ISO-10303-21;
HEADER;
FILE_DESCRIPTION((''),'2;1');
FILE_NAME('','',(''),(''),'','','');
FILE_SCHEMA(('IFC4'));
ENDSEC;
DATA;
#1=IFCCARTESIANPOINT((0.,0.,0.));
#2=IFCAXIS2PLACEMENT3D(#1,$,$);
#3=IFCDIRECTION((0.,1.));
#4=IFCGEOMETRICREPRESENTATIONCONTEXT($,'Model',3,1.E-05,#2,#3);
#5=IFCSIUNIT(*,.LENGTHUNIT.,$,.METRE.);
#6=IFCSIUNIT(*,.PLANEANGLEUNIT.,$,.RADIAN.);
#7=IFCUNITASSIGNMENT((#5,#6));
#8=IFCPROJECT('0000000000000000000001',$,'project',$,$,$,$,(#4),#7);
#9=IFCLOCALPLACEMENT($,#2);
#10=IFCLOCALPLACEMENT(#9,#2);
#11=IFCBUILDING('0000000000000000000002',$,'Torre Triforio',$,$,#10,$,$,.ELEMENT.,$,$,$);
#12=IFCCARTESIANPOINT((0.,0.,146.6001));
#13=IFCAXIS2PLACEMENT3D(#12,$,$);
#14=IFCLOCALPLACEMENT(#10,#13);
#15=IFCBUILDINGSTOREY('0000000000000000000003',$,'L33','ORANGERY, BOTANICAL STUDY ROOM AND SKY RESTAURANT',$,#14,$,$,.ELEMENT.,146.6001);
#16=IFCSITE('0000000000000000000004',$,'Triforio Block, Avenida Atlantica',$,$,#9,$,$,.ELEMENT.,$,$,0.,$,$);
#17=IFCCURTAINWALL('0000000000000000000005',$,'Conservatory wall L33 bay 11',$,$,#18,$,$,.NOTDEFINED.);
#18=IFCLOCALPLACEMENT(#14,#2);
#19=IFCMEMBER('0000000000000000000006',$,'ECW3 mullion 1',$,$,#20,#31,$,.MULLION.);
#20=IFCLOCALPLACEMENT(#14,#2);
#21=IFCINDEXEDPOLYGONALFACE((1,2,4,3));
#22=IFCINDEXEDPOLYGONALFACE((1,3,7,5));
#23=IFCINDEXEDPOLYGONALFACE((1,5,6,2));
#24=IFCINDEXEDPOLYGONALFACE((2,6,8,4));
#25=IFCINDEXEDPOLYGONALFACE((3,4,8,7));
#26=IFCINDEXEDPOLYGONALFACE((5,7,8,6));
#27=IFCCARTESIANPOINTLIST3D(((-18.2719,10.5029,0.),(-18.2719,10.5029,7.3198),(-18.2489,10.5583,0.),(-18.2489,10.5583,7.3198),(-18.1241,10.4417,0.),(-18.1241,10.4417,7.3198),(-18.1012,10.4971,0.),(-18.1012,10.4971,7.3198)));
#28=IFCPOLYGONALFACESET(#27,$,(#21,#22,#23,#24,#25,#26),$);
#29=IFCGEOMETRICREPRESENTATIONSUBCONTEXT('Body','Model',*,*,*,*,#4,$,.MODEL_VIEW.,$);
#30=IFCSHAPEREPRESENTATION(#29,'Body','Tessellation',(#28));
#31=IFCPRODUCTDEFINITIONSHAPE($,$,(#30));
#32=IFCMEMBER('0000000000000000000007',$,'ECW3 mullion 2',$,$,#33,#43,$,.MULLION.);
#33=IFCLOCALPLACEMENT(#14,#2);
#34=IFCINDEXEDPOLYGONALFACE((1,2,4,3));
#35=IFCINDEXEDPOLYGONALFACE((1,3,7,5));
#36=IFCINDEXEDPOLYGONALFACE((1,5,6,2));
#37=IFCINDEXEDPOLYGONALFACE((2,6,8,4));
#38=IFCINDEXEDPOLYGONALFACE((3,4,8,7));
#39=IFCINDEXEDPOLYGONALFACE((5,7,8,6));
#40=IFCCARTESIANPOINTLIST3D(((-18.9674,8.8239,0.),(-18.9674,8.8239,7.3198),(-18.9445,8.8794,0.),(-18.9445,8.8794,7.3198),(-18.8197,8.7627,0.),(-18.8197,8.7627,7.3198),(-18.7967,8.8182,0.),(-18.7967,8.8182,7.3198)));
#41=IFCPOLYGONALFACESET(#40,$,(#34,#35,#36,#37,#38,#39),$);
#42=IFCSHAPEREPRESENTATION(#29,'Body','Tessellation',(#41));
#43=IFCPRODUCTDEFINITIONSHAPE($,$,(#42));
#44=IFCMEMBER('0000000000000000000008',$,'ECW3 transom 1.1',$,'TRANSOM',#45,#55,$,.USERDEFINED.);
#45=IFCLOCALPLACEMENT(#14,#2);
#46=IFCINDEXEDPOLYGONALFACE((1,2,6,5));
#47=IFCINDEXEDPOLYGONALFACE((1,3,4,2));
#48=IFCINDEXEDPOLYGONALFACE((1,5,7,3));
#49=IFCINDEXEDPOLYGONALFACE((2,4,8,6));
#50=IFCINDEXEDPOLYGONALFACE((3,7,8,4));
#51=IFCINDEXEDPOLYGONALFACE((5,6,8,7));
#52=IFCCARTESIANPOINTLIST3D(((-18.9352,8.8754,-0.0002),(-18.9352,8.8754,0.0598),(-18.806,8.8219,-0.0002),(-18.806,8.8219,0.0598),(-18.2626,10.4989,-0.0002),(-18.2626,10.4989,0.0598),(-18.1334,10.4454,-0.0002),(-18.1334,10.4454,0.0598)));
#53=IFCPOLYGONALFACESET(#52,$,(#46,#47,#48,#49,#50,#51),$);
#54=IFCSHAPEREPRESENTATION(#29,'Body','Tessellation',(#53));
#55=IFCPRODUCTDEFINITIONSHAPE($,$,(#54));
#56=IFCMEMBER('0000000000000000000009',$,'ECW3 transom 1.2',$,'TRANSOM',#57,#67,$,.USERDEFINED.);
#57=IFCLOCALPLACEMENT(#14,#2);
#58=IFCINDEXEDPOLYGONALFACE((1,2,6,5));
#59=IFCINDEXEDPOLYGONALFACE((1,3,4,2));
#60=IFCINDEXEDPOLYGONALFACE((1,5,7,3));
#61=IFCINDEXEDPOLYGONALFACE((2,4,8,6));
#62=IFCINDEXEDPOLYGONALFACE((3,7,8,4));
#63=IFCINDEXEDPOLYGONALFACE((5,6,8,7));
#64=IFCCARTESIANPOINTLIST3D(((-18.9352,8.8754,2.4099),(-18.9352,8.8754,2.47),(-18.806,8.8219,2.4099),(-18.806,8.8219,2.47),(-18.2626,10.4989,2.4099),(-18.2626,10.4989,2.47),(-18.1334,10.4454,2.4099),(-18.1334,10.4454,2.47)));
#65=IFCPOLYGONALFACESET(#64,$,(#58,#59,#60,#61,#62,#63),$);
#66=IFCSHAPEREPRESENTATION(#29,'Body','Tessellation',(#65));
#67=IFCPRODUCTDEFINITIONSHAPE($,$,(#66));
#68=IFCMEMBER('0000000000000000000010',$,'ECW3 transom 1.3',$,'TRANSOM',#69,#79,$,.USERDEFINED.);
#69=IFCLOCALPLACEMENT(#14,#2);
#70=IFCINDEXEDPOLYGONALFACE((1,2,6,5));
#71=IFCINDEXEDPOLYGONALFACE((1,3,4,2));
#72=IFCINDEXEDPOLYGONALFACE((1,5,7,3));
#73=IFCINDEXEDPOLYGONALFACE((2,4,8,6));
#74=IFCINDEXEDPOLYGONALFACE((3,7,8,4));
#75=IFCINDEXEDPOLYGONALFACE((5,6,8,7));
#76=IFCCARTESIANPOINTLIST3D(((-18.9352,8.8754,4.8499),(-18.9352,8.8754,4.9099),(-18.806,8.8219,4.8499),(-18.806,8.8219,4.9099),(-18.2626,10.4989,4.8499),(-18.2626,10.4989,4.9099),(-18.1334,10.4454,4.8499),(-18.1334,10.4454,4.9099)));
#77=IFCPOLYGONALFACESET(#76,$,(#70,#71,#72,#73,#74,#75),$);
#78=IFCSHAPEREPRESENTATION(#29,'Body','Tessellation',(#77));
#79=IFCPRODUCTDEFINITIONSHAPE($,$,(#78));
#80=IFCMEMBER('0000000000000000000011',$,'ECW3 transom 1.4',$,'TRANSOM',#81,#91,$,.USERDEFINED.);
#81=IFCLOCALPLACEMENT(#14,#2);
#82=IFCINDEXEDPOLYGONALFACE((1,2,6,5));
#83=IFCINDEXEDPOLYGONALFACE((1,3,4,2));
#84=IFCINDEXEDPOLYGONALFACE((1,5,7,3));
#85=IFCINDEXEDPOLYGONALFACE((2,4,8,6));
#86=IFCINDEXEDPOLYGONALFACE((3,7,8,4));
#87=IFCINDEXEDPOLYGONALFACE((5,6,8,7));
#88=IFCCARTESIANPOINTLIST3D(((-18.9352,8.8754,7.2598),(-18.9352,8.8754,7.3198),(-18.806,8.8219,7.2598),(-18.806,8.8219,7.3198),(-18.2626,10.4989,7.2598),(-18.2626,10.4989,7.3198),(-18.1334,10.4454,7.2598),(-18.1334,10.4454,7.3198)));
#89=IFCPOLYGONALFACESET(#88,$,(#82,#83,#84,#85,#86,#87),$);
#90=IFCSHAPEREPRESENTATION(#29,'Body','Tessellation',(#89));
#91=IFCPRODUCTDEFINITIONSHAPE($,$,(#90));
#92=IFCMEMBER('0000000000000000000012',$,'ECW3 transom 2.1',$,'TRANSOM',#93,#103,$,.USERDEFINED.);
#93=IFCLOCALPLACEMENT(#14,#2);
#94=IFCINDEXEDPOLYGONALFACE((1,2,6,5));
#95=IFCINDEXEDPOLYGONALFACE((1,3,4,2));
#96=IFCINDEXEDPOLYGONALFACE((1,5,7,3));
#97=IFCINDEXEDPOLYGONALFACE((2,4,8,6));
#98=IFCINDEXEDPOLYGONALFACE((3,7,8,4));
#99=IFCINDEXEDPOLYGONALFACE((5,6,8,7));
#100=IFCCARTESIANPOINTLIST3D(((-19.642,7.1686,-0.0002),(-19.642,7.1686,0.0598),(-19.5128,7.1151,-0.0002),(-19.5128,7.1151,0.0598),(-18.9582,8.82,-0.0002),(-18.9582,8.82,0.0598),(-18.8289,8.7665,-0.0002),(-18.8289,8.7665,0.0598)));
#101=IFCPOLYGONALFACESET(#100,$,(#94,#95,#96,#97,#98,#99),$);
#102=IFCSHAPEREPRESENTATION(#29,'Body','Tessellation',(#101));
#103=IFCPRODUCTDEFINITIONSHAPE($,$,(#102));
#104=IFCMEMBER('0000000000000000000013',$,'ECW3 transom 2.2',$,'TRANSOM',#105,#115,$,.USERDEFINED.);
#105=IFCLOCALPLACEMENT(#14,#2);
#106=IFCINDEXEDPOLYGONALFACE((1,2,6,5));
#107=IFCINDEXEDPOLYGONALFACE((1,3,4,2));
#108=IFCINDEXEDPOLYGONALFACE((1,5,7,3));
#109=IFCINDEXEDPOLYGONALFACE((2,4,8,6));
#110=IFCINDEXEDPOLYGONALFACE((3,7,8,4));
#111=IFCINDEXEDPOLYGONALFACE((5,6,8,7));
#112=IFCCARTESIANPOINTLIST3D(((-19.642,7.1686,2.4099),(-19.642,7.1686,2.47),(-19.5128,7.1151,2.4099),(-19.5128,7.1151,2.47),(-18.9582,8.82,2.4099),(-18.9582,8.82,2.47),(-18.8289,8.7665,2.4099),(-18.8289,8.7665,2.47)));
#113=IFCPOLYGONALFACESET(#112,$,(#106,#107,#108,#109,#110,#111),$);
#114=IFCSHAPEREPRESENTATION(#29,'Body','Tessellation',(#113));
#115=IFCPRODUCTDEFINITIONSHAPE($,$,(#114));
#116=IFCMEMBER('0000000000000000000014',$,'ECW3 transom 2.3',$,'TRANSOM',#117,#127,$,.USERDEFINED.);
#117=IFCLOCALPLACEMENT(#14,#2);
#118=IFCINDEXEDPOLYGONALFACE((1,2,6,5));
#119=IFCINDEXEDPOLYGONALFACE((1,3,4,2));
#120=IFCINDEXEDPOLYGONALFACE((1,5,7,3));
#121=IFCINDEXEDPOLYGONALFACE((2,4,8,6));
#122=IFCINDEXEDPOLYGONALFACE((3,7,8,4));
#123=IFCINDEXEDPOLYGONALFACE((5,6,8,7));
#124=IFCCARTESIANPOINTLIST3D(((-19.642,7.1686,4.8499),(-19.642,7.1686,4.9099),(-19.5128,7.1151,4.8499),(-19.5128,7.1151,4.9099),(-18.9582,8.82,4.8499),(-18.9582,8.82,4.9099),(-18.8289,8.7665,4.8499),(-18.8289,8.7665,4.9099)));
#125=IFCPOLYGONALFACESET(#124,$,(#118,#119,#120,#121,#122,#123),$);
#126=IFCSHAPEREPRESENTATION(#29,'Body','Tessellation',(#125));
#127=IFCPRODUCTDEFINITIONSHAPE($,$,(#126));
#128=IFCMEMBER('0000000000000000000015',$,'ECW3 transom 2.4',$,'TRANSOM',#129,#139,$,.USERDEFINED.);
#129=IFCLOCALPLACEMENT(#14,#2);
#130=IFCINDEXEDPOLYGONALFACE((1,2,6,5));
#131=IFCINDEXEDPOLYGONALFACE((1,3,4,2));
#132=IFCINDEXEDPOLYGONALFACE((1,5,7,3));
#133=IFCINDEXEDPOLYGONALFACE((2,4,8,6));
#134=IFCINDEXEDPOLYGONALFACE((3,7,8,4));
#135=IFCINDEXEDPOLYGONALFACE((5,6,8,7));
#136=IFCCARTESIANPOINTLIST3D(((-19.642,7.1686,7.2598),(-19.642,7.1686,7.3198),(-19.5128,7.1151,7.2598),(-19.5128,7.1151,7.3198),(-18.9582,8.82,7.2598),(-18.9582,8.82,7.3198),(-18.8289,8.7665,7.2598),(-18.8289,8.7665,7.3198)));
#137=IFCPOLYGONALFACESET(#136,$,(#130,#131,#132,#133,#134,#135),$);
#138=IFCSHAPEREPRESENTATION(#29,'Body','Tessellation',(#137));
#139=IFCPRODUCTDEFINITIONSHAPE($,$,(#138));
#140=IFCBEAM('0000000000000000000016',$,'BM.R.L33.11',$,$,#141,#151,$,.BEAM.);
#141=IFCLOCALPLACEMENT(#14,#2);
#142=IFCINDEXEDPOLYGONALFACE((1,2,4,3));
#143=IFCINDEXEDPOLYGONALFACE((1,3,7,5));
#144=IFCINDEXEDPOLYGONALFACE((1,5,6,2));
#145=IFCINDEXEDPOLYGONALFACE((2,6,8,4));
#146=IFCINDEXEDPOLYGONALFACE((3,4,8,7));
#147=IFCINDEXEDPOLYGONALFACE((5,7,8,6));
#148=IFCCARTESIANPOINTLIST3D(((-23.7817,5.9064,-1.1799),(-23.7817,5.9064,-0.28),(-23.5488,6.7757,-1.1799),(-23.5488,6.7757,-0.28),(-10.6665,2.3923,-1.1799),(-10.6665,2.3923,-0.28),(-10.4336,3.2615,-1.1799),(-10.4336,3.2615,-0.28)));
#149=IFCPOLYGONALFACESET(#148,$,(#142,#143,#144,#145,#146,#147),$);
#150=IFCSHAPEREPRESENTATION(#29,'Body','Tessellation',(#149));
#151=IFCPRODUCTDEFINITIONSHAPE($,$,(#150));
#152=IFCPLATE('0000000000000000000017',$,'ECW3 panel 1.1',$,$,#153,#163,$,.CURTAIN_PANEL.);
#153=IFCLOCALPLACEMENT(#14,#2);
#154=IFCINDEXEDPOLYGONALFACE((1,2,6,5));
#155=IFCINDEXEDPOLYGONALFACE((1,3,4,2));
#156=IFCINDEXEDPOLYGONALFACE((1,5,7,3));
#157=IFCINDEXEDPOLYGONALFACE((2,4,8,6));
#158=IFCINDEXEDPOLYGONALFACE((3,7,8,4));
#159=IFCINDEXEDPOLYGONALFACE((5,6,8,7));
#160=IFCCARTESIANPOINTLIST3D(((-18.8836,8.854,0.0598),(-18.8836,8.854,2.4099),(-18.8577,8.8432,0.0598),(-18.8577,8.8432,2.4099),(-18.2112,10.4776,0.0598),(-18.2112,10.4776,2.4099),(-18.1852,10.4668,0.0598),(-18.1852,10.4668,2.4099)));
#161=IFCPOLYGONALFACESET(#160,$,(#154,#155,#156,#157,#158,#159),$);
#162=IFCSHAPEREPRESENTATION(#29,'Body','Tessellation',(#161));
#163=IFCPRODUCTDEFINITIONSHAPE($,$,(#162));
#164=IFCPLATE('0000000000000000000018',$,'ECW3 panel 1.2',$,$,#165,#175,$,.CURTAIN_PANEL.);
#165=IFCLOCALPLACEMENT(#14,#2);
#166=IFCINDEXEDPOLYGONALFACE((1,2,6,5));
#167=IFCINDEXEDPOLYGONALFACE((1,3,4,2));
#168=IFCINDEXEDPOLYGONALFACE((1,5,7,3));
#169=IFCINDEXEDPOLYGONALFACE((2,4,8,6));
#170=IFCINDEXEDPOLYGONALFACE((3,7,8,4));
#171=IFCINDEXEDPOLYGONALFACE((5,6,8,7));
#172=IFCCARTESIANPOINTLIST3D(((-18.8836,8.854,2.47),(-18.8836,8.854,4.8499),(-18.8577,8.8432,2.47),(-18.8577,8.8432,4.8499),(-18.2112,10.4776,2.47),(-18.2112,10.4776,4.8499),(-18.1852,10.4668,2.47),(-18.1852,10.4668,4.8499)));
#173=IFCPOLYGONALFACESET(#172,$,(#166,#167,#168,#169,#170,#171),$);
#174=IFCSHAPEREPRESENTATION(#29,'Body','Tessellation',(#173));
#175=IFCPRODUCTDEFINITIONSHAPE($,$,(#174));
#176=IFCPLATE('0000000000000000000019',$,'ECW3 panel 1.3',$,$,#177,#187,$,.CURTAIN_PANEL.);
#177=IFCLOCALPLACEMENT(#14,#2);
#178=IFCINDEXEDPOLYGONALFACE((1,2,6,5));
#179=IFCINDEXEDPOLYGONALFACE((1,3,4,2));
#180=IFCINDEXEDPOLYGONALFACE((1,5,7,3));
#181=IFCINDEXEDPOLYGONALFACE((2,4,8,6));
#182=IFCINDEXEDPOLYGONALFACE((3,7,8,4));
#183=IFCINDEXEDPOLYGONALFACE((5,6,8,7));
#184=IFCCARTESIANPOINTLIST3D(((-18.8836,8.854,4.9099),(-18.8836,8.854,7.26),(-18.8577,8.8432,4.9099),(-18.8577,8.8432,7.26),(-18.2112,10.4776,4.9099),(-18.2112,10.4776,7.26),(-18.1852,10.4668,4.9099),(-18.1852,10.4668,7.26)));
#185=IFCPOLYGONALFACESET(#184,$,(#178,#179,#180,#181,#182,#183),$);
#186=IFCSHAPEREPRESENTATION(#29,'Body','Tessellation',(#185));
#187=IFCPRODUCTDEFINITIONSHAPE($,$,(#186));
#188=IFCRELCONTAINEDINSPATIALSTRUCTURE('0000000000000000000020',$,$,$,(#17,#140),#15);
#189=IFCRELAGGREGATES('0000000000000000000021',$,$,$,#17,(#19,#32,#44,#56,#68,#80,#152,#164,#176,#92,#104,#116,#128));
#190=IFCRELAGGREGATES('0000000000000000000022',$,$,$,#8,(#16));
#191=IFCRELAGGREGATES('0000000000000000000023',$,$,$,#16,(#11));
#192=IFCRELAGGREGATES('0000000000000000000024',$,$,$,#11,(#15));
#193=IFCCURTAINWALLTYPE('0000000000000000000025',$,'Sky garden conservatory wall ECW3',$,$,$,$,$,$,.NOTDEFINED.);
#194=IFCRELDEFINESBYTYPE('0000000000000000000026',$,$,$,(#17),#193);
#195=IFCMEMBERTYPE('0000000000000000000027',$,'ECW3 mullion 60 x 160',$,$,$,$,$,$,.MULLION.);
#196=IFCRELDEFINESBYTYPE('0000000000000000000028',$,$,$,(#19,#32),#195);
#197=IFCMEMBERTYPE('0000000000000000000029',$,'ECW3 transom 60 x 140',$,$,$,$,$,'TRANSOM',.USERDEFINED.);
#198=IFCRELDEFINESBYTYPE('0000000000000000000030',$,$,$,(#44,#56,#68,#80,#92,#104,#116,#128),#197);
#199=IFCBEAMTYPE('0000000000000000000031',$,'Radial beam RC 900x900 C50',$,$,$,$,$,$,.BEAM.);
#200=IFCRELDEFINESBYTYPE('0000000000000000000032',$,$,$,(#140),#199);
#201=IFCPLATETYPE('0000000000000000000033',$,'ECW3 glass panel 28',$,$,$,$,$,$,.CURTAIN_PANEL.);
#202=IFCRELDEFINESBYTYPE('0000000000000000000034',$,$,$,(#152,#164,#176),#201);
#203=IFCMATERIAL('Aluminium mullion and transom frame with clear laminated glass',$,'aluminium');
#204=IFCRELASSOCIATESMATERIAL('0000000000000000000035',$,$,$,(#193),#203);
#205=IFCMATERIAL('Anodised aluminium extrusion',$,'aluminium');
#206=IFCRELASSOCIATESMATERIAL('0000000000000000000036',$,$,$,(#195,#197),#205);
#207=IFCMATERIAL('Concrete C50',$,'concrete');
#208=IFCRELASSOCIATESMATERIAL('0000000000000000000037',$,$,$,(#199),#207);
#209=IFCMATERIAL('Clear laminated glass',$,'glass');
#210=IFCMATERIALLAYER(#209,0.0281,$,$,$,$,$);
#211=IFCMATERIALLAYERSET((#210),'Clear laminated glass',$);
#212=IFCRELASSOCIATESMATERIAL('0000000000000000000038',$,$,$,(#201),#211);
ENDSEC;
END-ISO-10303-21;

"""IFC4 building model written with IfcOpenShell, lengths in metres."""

from ifc_helpers import new_model, si_unit, direction, frame, origin, origin_2d, place, context, subcontext, project, spatial, rectangle, extrude, material, layer, layer_set, material_profile, profile_set, type_object, element, aggregate, save


model = new_model("IFC4")

# Units and contexts
model_context = context("Model", 3, precision=1e-05, world=origin(), true_north=direction((0.0, 1.0)))
body_context = subcontext(model_context, "Body", "Model", "MODEL_VIEW")
ifc_project = project(units=[si_unit("LENGTHUNIT", "METRE"), si_unit("PLANEANGLEUNIT", "RADIAN")], contexts=[model_context])

# Site, building, storey
site_placement = place(None, origin())
site = spatial("IfcSite", under=ifc_project, at=site_placement, Name="Triforio Block, Avenida Atlantica", CompositionType="ELEMENT", RefElevation=0.0)
building_placement = place(site_placement, origin())
building = spatial("IfcBuilding", under=site, at=building_placement, Name="Torre Triforio", CompositionType="ELEMENT")
storey_placement = place(building_placement, frame((0.0, 0.0, 146.6001)))
storey = spatial("IfcBuildingStorey", under=building, at=storey_placement, Name="L33", Description="ORANGERY, BOTANICAL STUDY ROOM AND SKY RESTAURANT", CompositionType="ELEMENT", Elevation=146.6001)

# Curtain wall, members
ifc_material_1 = material(Name="Aluminium mullion and transom frame with clear laminated glass", Category="aluminium")
curtain_wall_type = type_object("IfcCurtainWallType", Name="Sky garden conservatory wall ECW3", PredefinedType="NOTDEFINED", material=ifc_material_1)
curtain_wall_placement = place(storey_placement, origin())
curtain_wall = element("IfcCurtainWall", 1, at=curtain_wall_placement, inside=storey, type_object=curtain_wall_type, Name="Conservatory wall L33 bay 11", PredefinedType="NOTDEFINED")
ifc_material_2 = material(Name="Anodised aluminium extrusion", Category="aluminium")
ifc_material_profile_1 = material_profile(ifc_material_2, rectangle(XDim=0.1599, YDim=0.0601, at=origin_2d()), Name="ECW3 MULLION 60x160")
ifc_profile_set_1 = profile_set([ifc_material_profile_1], Name="Anodised aluminium extrusion")
member_type_1 = type_object("IfcMemberType", Name="ECW3 mullion 60 x 160", PredefinedType="MULLION", material=ifc_profile_set_1)
member_1_placement = place(storey_placement, frame((-18.1865, 10.5, 0.0), z_axis=(0.0, 0.0, 1.0), x_axis=(0.923883, -0.382675, 0.0)))
member_1 = element("IfcMember", 2, at=member_1_placement, type_object=member_type_1, Name="ECW3 mullion 1", PredefinedType="MULLION", context=body_context, shape_type="SweptSolid", body=[
    extrude(rectangle(XDim=0.1599, YDim=0.0601, at=origin_2d()), origin(), (0.0, 0.0, 1.0), 7.3198),
])
member_2_placement = place(storey_placement, frame((-18.8821, 8.821, 0.0), z_axis=(0.0, 0.0, 1.0), x_axis=(0.923883, -0.382675, 0.0)))
member_2 = element("IfcMember", 3, at=member_2_placement, type_object=member_type_1, Name="ECW3 mullion 2", PredefinedType="MULLION", context=body_context, shape_type="SweptSolid", body=[
    extrude(rectangle(XDim=0.1599, YDim=0.0601, at=origin_2d()), origin(), (0.0, 0.0, 1.0), 7.3198),
])
ifc_material_profile_2 = material_profile(ifc_material_2, rectangle(XDim=0.1399, YDim=0.0601, at=origin_2d()), Name="ECW3 TRANSOM 60x140")
ifc_profile_set_2 = profile_set([ifc_material_profile_2], Name="Anodised aluminium extrusion")
member_type_2 = type_object("IfcMemberType", Name="ECW3 transom 60 x 140", ElementType="TRANSOM", PredefinedType="USERDEFINED", material=ifc_profile_set_2)
member_3_placement = place(storey_placement, frame((-18.198, 10.4722, 0.0298), z_axis=(-0.38274, -0.923856, 0.0), x_axis=(0.923856, -0.38274, 0.0)))
member_3 = element("IfcMember", 4, at=member_3_placement, type_object=member_type_2, Name="ECW3 transom 1.1", ObjectType="TRANSOM", PredefinedType="USERDEFINED", context=body_context, shape_type="SweptSolid", body=[
    extrude(rectangle(XDim=0.1399, YDim=0.0601, at=origin_2d()), origin(), (0.0, 0.0, 1.0), 1.7573),
])
member_4_placement = place(storey_placement, frame((-18.198, 10.4722, 2.4399), z_axis=(-0.38274, -0.923856, 0.0), x_axis=(0.923856, -0.38274, 0.0)))
member_4 = element("IfcMember", 5, at=member_4_placement, type_object=member_type_2, Name="ECW3 transom 1.2", ObjectType="TRANSOM", PredefinedType="USERDEFINED", context=body_context, shape_type="SweptSolid", body=[
    extrude(rectangle(XDim=0.1399, YDim=0.0601, at=origin_2d()), origin(), (0.0, 0.0, 1.0), 1.7573),
])
member_5_placement = place(storey_placement, frame((-18.198, 10.4722, 4.8799), z_axis=(-0.38274, -0.923856, 0.0), x_axis=(0.923856, -0.38274, 0.0)))
member_5 = element("IfcMember", 6, at=member_5_placement, type_object=member_type_2, Name="ECW3 transom 1.3", ObjectType="TRANSOM", PredefinedType="USERDEFINED", context=body_context, shape_type="SweptSolid", body=[
    extrude(rectangle(XDim=0.1399, YDim=0.0601, at=origin_2d()), origin(), (0.0, 0.0, 1.0), 1.7573),
])
member_6_placement = place(storey_placement, frame((-18.198, 10.4722, 7.2898), z_axis=(-0.38274, -0.923856, 0.0), x_axis=(0.923856, -0.38274, 0.0)))
member_6 = element("IfcMember", 7, at=member_6_placement, type_object=member_type_2, Name="ECW3 transom 1.4", ObjectType="TRANSOM", PredefinedType="USERDEFINED", context=body_context, shape_type="SweptSolid", body=[
    extrude(rectangle(XDim=0.1399, YDim=0.0601, at=origin_2d()), origin(), (0.0, 0.0, 1.0), 1.7573),
])
member_7_placement = place(storey_placement, frame((-18.8936, 8.7932, 0.0298), z_axis=(-0.382597, -0.923915, 0.0), x_axis=(0.923915, -0.382597, 0.0)))
member_7 = element("IfcMember", 8, at=member_7_placement, type_object=member_type_2, Name="ECW3 transom 2.1", ObjectType="TRANSOM", PredefinedType="USERDEFINED", context=body_context, shape_type="SweptSolid", body=[
    extrude(rectangle(XDim=0.1399, YDim=0.0601, at=origin_2d()), origin(), (0.0, 0.0, 1.0), 1.7874),
])
member_8_placement = place(storey_placement, frame((-18.8936, 8.7932, 2.4399), z_axis=(-0.382597, -0.923915, 0.0), x_axis=(0.923915, -0.382597, 0.0)))
member_8 = element("IfcMember", 9, at=member_8_placement, type_object=member_type_2, Name="ECW3 transom 2.2", ObjectType="TRANSOM", PredefinedType="USERDEFINED", context=body_context, shape_type="SweptSolid", body=[
    extrude(rectangle(XDim=0.1399, YDim=0.0601, at=origin_2d()), origin(), (0.0, 0.0, 1.0), 1.7874),
])
member_9_placement = place(storey_placement, frame((-18.8936, 8.7932, 4.8799), z_axis=(-0.382597, -0.923915, 0.0), x_axis=(0.923915, -0.382597, 0.0)))
member_9 = element("IfcMember", 10, at=member_9_placement, type_object=member_type_2, Name="ECW3 transom 2.3", ObjectType="TRANSOM", PredefinedType="USERDEFINED", context=body_context, shape_type="SweptSolid", body=[
    extrude(rectangle(XDim=0.1399, YDim=0.0601, at=origin_2d()), origin(), (0.0, 0.0, 1.0), 1.7874),
])
member_10_placement = place(storey_placement, frame((-18.8936, 8.7932, 7.2898), z_axis=(-0.382597, -0.923915, 0.0), x_axis=(0.923915, -0.382597, 0.0)))
member_10 = element("IfcMember", 11, at=member_10_placement, type_object=member_type_2, Name="ECW3 transom 2.4", ObjectType="TRANSOM", PredefinedType="USERDEFINED", context=body_context, shape_type="SweptSolid", body=[
    extrude(rectangle(XDim=0.1399, YDim=0.0601, at=origin_2d()), origin(), (0.0, 0.0, 1.0), 1.7874),
])

# Beam
ifc_material_3 = material(Name="Concrete C50", Category="concrete")
ifc_material_profile_3 = material_profile(ifc_material_3, rectangle(XDim=0.8999, YDim=0.8999, at=origin_2d()), Name="RC 900x900")
ifc_profile_set_3 = profile_set([ifc_material_profile_3], Name="Concrete C50")
beam_type = type_object("IfcBeamType", Name="Radial beam RC 900x900 C50", PredefinedType="BEAM", material=ifc_profile_set_3)
beam_placement = place(storey_placement, frame((-10.55, 2.8269, -0.73), z_axis=(-0.965927, 0.258815, 0.0), x_axis=(-0.258815, -0.965927, 0.0)))
element("IfcBeam", 12, at=beam_placement, inside=storey, type_object=beam_type, Name="BM.R.L33.11", PredefinedType="BEAM", context=body_context, shape_type="SweptSolid", body=[
    extrude(rectangle(XDim=0.8999, YDim=0.8999, at=origin_2d()), origin(), (0.0, 0.0, 1.0), 13.5779),
])

# Plates
ifc_material_4 = material(Name="Clear laminated glass", Category="glass")
ifc_layer_1 = layer(ifc_material_4, 0.0281)
ifc_layer_set_1 = layer_set([ifc_layer_1], Name="Clear laminated glass")
plate_type = type_object("IfcPlateType", Name="ECW3 glass panel 28", PredefinedType="CURTAIN_PANEL", material=ifc_layer_set_1)
plate_1_placement = place(storey_placement, frame((-18.5344, 9.6604, 0.0598), z_axis=(0.0, 0.0, 1.0), x_axis=(-0.382675, -0.923883, 0.0)))
plate_1 = element("IfcPlate", 13, at=plate_1_placement, type_object=plate_type, Name="ECW3 panel 1.1", PredefinedType="CURTAIN_PANEL", context=body_context, shape_type="SweptSolid", body=[
    extrude(rectangle(XDim=1.7573, YDim=0.0281, at=origin_2d()), origin(), (0.0, 0.0, 1.0), 2.3501),
])
plate_2_placement = place(storey_placement, frame((-18.5344, 9.6604, 2.47), z_axis=(0.0, 0.0, 1.0), x_axis=(-0.382675, -0.923883, 0.0)))
plate_2 = element("IfcPlate", 14, at=plate_2_placement, type_object=plate_type, Name="ECW3 panel 1.2", PredefinedType="CURTAIN_PANEL", context=body_context, shape_type="SweptSolid", body=[
    extrude(rectangle(XDim=1.7573, YDim=0.0281, at=origin_2d()), origin(), (0.0, 0.0, 1.0), 2.3799),
])
plate_3_placement = place(storey_placement, frame((-18.5344, 9.6604, 4.9099), z_axis=(0.0, 0.0, 1.0), x_axis=(-0.382675, -0.923883, 0.0)))
plate_3 = element("IfcPlate", 15, at=plate_3_placement, type_object=plate_type, Name="ECW3 panel 1.3", PredefinedType="CURTAIN_PANEL", context=body_context, shape_type="SweptSolid", body=[
    extrude(rectangle(XDim=1.7573, YDim=0.0281, at=origin_2d()), origin(), (0.0, 0.0, 1.0), 2.3501),
])
aggregate(curtain_wall, [member_1, member_2, member_3, member_4, member_5, member_6, plate_1, plate_2, plate_3, member_7, member_8, member_9, member_10])

save(model, "model.ifc")
